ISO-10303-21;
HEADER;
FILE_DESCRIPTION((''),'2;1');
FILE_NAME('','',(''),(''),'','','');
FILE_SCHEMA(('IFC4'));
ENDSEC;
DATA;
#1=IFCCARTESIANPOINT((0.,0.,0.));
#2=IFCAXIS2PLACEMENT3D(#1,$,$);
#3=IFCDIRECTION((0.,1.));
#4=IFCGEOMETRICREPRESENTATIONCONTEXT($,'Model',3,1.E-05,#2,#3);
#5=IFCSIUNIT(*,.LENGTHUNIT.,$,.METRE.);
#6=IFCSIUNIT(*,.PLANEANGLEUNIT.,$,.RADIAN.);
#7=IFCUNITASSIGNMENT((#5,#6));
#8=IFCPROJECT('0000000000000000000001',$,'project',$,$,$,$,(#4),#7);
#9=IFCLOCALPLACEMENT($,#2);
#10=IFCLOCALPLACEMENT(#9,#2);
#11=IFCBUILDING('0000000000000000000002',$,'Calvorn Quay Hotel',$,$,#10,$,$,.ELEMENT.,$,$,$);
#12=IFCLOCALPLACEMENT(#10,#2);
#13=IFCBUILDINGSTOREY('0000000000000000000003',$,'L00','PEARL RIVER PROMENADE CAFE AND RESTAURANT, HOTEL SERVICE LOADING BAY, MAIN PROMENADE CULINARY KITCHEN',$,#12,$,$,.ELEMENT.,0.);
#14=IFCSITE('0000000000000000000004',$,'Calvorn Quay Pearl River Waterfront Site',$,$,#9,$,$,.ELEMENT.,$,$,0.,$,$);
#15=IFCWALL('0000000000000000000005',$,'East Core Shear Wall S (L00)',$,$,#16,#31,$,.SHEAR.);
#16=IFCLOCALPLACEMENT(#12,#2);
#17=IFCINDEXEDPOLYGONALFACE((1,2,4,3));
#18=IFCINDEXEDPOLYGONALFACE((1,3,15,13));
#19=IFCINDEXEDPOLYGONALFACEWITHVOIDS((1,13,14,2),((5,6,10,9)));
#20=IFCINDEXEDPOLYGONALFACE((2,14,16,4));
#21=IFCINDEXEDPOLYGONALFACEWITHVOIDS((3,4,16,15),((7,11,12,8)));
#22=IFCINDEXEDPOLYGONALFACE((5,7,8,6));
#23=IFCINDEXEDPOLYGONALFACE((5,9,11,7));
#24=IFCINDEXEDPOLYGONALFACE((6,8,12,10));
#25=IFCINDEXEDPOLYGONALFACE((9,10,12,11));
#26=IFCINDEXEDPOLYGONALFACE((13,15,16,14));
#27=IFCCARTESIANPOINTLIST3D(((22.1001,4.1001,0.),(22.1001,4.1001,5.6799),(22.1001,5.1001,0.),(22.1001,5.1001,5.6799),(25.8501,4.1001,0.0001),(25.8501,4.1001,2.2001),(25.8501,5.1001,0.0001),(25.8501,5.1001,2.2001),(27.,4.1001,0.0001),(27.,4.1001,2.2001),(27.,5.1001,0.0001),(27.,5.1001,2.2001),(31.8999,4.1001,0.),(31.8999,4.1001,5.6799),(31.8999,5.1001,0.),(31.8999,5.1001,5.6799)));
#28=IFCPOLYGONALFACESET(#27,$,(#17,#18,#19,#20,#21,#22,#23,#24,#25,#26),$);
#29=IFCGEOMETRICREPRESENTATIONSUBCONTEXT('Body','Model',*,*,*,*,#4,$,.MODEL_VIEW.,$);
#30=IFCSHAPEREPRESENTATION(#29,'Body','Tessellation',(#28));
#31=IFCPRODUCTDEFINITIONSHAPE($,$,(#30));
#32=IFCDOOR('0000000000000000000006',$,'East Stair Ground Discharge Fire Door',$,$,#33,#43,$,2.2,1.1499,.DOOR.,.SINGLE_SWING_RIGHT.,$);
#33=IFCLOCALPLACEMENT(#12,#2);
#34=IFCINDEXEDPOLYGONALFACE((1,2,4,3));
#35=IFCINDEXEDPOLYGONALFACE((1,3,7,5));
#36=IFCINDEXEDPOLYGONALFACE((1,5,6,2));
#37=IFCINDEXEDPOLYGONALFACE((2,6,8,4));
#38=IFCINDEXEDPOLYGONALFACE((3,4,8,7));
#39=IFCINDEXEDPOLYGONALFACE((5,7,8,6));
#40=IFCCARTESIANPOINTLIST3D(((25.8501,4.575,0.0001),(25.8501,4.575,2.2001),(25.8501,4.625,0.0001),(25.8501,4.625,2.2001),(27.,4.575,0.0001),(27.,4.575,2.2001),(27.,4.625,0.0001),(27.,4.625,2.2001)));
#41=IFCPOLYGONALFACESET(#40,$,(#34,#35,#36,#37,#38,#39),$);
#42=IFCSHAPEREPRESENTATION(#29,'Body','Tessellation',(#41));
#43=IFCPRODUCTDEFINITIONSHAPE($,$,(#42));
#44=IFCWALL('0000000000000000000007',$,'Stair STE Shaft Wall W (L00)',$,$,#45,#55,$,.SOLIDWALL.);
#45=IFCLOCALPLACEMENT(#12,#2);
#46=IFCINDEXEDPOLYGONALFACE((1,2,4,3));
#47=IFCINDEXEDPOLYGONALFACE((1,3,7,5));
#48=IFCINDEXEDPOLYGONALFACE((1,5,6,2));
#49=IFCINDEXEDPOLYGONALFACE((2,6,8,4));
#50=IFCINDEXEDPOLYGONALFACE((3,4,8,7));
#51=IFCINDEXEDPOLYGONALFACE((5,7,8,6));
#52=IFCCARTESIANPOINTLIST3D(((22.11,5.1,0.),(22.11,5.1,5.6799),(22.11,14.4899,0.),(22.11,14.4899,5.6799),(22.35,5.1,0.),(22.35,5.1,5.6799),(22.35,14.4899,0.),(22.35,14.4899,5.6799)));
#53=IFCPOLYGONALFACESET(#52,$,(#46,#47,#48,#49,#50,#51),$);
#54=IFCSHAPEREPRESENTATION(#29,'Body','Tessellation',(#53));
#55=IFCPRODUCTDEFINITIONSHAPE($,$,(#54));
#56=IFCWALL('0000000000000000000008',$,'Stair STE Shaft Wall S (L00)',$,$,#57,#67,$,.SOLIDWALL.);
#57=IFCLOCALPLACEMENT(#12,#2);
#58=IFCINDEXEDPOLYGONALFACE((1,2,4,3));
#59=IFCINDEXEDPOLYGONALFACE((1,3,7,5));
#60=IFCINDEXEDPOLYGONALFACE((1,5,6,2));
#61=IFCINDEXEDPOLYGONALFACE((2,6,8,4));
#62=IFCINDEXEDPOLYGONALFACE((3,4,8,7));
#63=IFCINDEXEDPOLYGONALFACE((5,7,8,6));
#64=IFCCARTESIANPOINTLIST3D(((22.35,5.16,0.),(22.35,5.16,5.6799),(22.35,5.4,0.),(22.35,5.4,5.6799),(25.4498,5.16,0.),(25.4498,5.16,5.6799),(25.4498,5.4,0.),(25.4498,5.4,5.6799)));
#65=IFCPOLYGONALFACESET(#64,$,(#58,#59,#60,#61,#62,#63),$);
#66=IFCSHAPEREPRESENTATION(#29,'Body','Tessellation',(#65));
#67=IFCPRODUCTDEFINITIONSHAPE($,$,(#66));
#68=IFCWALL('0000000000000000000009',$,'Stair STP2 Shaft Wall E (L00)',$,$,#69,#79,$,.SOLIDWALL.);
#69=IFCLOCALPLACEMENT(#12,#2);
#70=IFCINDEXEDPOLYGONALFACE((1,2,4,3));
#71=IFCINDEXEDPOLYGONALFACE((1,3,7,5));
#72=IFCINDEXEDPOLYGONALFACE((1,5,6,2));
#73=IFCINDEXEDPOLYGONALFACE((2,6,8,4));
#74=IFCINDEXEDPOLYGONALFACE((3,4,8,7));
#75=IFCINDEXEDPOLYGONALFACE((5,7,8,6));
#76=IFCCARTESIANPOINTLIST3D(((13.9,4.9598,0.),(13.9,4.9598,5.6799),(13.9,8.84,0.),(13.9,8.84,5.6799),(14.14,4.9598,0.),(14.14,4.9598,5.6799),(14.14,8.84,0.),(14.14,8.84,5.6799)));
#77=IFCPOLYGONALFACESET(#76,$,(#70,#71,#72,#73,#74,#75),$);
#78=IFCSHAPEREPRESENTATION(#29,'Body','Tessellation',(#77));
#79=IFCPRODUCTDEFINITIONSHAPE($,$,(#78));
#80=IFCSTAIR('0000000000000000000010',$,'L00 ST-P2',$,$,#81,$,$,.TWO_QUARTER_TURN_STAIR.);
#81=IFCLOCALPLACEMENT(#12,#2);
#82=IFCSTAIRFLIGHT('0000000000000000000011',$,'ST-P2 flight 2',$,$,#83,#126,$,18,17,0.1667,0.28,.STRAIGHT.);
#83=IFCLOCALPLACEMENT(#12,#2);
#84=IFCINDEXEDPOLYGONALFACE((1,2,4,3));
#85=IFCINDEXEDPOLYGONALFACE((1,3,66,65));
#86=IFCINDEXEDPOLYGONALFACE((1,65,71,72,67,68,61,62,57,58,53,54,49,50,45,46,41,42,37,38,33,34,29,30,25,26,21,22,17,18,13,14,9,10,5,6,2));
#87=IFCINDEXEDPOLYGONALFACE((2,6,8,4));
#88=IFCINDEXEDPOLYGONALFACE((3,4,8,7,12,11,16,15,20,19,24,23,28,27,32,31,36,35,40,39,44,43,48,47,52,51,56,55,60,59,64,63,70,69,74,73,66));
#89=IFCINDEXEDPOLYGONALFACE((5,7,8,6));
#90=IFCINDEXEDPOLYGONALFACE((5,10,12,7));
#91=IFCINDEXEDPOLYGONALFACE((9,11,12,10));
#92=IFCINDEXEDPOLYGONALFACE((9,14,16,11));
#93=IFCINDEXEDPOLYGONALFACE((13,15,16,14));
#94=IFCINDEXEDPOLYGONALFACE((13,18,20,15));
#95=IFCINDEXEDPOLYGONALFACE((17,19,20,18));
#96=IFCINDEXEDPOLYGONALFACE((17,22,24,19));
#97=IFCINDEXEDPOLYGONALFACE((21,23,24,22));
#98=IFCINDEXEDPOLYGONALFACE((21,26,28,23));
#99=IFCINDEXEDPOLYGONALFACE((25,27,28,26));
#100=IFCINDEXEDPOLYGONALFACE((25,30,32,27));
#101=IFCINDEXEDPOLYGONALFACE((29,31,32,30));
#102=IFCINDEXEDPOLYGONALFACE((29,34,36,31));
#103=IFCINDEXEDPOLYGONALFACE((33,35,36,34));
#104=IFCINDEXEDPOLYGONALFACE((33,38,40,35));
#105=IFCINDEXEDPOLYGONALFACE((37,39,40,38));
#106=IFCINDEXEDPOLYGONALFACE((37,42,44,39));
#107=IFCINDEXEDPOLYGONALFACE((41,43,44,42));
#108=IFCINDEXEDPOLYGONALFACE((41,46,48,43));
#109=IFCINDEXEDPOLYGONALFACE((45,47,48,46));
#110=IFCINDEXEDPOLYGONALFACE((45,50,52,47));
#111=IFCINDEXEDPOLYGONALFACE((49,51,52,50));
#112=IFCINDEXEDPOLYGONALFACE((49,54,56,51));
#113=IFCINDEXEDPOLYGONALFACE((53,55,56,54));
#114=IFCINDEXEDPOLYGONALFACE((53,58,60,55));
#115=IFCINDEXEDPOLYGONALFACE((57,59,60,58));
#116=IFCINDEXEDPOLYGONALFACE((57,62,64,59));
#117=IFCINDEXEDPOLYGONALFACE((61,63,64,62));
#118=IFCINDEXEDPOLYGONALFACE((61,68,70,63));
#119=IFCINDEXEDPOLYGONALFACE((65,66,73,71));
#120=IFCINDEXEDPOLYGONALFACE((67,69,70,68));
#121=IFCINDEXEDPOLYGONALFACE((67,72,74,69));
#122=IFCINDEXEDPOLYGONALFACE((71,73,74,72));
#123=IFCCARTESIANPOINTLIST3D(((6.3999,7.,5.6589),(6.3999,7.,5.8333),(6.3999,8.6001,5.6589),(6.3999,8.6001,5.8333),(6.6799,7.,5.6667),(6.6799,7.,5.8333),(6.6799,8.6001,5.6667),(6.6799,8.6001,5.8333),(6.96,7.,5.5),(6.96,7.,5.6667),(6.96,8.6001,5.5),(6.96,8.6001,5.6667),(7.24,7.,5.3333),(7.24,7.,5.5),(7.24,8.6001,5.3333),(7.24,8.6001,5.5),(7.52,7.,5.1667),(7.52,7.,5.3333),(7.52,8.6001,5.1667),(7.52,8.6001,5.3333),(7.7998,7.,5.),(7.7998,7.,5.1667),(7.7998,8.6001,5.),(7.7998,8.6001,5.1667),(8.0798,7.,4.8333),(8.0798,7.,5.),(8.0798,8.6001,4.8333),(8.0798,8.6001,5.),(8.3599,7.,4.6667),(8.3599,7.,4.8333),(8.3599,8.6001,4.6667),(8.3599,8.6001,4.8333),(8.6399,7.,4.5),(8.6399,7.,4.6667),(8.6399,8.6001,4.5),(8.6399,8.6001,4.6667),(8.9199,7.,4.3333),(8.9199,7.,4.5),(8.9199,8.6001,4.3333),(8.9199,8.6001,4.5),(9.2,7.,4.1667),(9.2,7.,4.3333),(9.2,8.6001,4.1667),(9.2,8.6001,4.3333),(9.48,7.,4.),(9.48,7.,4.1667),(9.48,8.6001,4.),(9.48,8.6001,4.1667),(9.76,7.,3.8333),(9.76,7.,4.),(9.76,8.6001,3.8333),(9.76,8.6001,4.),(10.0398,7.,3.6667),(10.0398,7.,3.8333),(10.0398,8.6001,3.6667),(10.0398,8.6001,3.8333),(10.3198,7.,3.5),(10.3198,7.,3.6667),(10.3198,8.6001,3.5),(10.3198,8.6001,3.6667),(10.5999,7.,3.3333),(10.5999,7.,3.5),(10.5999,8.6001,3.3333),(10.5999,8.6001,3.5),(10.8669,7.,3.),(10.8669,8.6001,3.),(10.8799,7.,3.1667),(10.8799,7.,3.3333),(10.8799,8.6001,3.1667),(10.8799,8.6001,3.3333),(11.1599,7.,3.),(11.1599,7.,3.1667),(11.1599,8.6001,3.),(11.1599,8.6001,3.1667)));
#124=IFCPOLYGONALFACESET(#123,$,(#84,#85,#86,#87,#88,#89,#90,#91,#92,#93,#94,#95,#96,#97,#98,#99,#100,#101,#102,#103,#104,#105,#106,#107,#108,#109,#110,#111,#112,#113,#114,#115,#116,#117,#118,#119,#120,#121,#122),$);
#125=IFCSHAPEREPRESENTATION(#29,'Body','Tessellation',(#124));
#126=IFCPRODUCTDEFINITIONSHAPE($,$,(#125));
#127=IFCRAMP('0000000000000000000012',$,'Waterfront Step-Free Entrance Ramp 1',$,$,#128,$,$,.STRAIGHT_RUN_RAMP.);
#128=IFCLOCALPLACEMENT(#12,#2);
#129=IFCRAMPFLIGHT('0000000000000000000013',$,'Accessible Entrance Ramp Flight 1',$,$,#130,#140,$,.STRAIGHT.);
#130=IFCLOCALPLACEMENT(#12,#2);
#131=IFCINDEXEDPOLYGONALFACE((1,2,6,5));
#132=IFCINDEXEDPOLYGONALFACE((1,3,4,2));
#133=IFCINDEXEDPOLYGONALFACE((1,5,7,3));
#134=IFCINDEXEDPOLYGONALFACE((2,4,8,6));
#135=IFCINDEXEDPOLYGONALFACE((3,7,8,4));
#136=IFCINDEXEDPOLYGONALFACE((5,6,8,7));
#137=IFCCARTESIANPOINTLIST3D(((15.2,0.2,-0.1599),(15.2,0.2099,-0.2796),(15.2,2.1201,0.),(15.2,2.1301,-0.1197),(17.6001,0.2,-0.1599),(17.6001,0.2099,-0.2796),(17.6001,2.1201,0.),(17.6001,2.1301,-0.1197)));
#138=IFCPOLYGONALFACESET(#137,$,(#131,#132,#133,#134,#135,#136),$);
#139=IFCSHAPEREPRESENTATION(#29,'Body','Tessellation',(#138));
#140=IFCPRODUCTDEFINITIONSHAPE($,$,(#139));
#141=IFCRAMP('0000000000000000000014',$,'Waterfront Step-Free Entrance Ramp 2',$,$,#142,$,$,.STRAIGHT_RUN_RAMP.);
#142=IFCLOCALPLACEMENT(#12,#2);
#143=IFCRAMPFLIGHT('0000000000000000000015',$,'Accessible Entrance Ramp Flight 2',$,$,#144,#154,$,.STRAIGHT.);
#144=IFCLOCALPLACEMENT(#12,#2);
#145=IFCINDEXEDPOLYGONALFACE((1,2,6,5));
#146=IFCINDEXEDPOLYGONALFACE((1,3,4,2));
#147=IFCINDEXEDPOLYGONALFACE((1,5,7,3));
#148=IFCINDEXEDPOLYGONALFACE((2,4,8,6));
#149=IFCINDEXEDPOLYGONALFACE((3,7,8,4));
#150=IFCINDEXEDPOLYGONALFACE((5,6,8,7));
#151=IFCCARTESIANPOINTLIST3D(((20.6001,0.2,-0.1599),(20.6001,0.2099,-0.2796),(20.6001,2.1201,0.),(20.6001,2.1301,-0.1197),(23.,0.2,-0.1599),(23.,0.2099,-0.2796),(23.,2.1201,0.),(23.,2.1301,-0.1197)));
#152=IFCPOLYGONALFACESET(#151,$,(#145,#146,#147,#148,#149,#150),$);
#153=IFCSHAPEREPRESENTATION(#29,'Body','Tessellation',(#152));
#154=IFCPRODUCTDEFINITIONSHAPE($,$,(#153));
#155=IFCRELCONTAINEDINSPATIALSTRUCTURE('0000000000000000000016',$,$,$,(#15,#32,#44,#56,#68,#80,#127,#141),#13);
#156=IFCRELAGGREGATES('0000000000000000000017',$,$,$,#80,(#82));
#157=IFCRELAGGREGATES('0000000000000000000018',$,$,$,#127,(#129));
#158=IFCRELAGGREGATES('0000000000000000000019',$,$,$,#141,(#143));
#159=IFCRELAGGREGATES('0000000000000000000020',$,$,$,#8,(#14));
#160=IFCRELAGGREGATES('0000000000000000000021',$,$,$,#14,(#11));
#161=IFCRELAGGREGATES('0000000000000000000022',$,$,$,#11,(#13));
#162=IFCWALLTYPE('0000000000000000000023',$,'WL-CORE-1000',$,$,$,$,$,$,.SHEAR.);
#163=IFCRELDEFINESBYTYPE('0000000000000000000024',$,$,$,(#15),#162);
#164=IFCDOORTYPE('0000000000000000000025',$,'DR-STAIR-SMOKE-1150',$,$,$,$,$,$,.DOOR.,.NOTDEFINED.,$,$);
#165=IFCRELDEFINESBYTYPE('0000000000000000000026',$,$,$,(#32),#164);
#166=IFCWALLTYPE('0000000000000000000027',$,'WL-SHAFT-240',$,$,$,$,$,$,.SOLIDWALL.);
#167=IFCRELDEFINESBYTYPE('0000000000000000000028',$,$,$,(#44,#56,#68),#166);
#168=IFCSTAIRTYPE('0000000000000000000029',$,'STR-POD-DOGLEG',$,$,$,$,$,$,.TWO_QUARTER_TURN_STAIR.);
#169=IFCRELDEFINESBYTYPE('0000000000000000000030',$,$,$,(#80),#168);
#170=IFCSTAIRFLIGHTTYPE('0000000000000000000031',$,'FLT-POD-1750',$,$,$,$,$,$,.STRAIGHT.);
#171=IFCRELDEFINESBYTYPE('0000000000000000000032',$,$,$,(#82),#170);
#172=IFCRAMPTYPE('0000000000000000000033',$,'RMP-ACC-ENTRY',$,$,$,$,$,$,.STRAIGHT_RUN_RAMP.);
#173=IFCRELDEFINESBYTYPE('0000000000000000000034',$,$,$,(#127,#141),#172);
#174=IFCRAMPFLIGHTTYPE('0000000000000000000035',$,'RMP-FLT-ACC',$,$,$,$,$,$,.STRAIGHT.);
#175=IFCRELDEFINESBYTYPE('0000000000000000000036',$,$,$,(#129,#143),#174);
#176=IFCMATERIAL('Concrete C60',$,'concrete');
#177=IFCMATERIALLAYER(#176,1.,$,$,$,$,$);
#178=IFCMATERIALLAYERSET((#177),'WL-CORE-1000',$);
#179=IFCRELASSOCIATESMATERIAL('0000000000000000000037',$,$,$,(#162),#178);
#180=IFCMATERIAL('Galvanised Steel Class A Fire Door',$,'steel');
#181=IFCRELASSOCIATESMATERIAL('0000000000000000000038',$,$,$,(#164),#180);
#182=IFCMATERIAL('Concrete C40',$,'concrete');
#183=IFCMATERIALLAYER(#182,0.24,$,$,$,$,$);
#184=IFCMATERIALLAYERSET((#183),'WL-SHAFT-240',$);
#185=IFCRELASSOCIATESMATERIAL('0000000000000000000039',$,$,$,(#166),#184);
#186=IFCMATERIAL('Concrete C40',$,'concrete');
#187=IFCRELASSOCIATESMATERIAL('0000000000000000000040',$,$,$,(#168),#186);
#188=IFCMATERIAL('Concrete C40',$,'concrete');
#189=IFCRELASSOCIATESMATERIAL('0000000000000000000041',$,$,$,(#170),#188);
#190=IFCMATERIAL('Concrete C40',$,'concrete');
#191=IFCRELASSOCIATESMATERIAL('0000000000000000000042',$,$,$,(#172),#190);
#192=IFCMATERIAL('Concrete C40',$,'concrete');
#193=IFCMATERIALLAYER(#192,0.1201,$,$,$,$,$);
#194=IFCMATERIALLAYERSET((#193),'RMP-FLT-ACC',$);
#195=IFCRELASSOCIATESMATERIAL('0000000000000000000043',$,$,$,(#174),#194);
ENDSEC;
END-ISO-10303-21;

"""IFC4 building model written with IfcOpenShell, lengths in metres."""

from ifc_helpers import new_model, si_unit, direction, frame, frame_2d, origin, place, context, subcontext, project, spatial, polyline, rectangle, outline, extrude, material, layer, layer_set, type_object, element, fill, aggregate, save


model = new_model("IFC4")

# Units and contexts
model_context = context("Model", 3, precision=1e-05, world=origin(), true_north=direction((0.0, 1.0)))
body_context = subcontext(model_context, "Body", "Model", "MODEL_VIEW")
ifc_project = project(units=[si_unit("LENGTHUNIT", "METRE"), si_unit("PLANEANGLEUNIT", "RADIAN")], contexts=[model_context])

# Site, building, storey
site_placement = place(None, origin())
site = spatial("IfcSite", under=ifc_project, at=site_placement, Name="Calvorn Quay Pearl River Waterfront Site", CompositionType="ELEMENT", RefElevation=0.0)
building_placement = place(site_placement, origin())
building = spatial("IfcBuilding", under=site, at=building_placement, Name="Calvorn Quay Hotel", CompositionType="ELEMENT")
storey_placement = place(building_placement, origin())
storey = spatial("IfcBuildingStorey", under=building, at=storey_placement, Name="L00", Description="PEARL RIVER PROMENADE CAFE AND RESTAURANT, HOTEL SERVICE LOADING BAY, MAIN PROMENADE CULINARY KITCHEN", CompositionType="ELEMENT", Elevation=0.0)

# Shared definitions
ifc_material_1 = material(Name="Concrete C60", Category="concrete")
ifc_layer_1 = layer(ifc_material_1, 1.0)
ifc_layer_set_1 = layer_set([ifc_layer_1], Name="WL-CORE-1000")
wall_type_1 = type_object("IfcWallType", Name="WL-CORE-1000", PredefinedType="SHEAR", material=ifc_layer_set_1)

# Wall, opening, door
wall_1_placement = place(storey_placement, frame((22.1001, 4.6001, 0.0), z_axis=(0.0, 0.0, 1.0), x_axis=(1.0, 0.0, 0.0)))
wall_1 = element("IfcWall", 1, at=wall_1_placement, inside=storey, type_object=wall_type_1, Name="East Core Shear Wall S (L00)", PredefinedType="SHEAR", context=body_context, shape_type="SweptSolid", body=[
    extrude(rectangle(XDim=9.7998, YDim=1.0, at=frame_2d((4.8999, 0.0))), origin(), (0.0, 0.0, 1.0), 5.6799),
])
opening_placement = place(wall_1_placement, frame((3.75, 0.0, 0.0)))
opening = element("IfcOpeningElement", 2, at=opening_placement, cuts=wall_1, PredefinedType="OPENING", context=body_context, shape_type="SweptSolid", body=[
    extrude(rectangle(XDim=1.1499, YDim=2.2, at=frame_2d((0.575, 1.1001))), frame((0.0, 0.51, 0.0), z_axis=(0.0, -1.0, 0.0), x_axis=(1.0, 0.0, 0.0)), (0.0, 0.0, 1.0), 1.02),
])
ifc_material_2 = material(Name="Galvanised Steel Class A Fire Door", Category="steel")
door_type = type_object("IfcDoorType", Name="DR-STAIR-SMOKE-1150", OperationType="NOTDEFINED", PredefinedType="DOOR", material=ifc_material_2)
door_placement = place(opening_placement, origin())
door = element("IfcDoor", 3, at=door_placement, inside=storey, type_object=door_type, Name="East Stair Ground Discharge Fire Door", OperationType="SINGLE_SWING_RIGHT", OverallHeight=2.2, OverallWidth=1.1499, PredefinedType="DOOR", context=body_context, shape_type="SweptSolid", body=[
    extrude(rectangle(XDim=1.1499, YDim=2.2, at=frame_2d((0.575, 1.1001))), frame((0.0, 0.0249, 0.0), z_axis=(0.0, -1.0, 0.0), x_axis=(1.0, 0.0, 0.0)), (0.0, 0.0, 1.0), 0.05),
])
fill(opening, door)

# Walls
ifc_material_3 = material(Name="Concrete C40", Category="concrete")
ifc_layer_2 = layer(ifc_material_3, 0.24)
ifc_layer_set_2 = layer_set([ifc_layer_2], Name="WL-SHAFT-240")
wall_type_2 = type_object("IfcWallType", Name="WL-SHAFT-240", PredefinedType="SOLIDWALL", material=ifc_layer_set_2)
wall_2_placement = place(storey_placement, frame((22.23, 5.1001, 0.0), z_axis=(0.0, 0.0, 1.0), x_axis=(0.0, 1.0, 0.0)))
element("IfcWall", 4, at=wall_2_placement, inside=storey, type_object=wall_type_2, Name="Stair STE Shaft Wall W (L00)", PredefinedType="SOLIDWALL", context=body_context, shape_type="SweptSolid", body=[
    extrude(rectangle(XDim=9.3899, YDim=0.24, at=frame_2d((4.6948, 0.0))), origin(), (0.0, 0.0, 1.0), 5.6799),
])
wall_3_placement = place(storey_placement, frame((22.3501, 5.28, 0.0), z_axis=(0.0, 0.0, 1.0), x_axis=(1.0, 0.0, 0.0)))
element("IfcWall", 5, at=wall_3_placement, inside=storey, type_object=wall_type_2, Name="Stair STE Shaft Wall S (L00)", PredefinedType="SOLIDWALL", context=body_context, shape_type="SweptSolid", body=[
    extrude(rectangle(XDim=3.0999, YDim=0.24, at=frame_2d((1.5498, 0.0))), origin(), (0.0, 0.0, 1.0), 5.6799),
])
wall_4_placement = place(storey_placement, frame((14.02, 4.96, 0.0), z_axis=(0.0, 0.0, 1.0), x_axis=(0.0, 1.0, 0.0)))
element("IfcWall", 6, at=wall_4_placement, inside=storey, type_object=wall_type_2, Name="Stair STP2 Shaft Wall E (L00)", PredefinedType="SOLIDWALL", context=body_context, shape_type="SweptSolid", body=[
    extrude(rectangle(XDim=3.8801, YDim=0.24, at=frame_2d((1.9399, 0.0))), origin(), (0.0, 0.0, 1.0), 5.6799),
])

# Stair, stair flight
ifc_material_4 = material(Name="Concrete C40", Category="concrete")
stair_type = type_object("IfcStairType", Name="STR-POD-DOGLEG", PredefinedType="TWO_QUARTER_TURN_STAIR", material=ifc_material_4)
stair_placement = place(storey_placement, origin())
stair = element("IfcStair", 7, at=stair_placement, inside=storey, type_object=stair_type, Name="L00 ST-P2", PredefinedType="TWO_QUARTER_TURN_STAIR")
ifc_material_5 = material(Name="Concrete C40", Category="concrete")
stair_flight_type = type_object("IfcStairFlightType", Name="FLT-POD-1750", PredefinedType="STRAIGHT", material=ifc_material_5)
stair_flight_placement = place(storey_placement, frame((11.1599, 7.8, 3.0), z_axis=(0.0, 0.0, 1.0), x_axis=(-1.0, 0.0, 0.0)))
stair_flight = element("IfcStairFlight", 8, at=stair_flight_placement, type_object=stair_flight_type, Name="ST-P2 flight 2", NumberOfRisers=18, NumberOfTreads=17, PredefinedType="STRAIGHT", RiserHeight=0.1667, TreadLength=0.28, context=body_context, shape_type="SweptSolid", body=[
    extrude(outline(polyline([(0.0, 0.0), (0.0, 0.1667), (0.28, 0.1667), (0.28, 0.3333), (0.5601, 0.3333), (0.5601, 0.5), (0.8401, 0.5), (0.8401, 0.6667), (1.1201, 0.6667), (1.1201, 0.8333), (1.3999, 0.8333), (1.3999, 1.0), (1.6799, 1.0), (1.6799, 1.1667), (1.96, 1.1667), (1.96, 1.3333), (2.24, 1.3333), (2.24, 1.5), (2.52, 1.5), (2.52, 1.6667), (2.8, 1.6667), (2.8, 1.8333), (3.0801, 1.8333), (3.0801, 2.0), (3.3601, 2.0), (3.3601, 2.1667), (3.6399, 2.1667), (3.6399, 2.3333), (3.9199, 2.3333), (3.9199, 2.5), (4.2, 2.5), (4.2, 2.6667), (4.48, 2.6667), (4.48, 2.8333), (4.76, 2.8333), (4.76, 3.0), (4.76, 2.6589), (0.293, 0.0), (0.0, 0.0)])), frame((0.0, 0.8, 0.0), z_axis=(0.0, -1.0, 0.0), x_axis=(1.0, 0.0, 0.0)), (0.0, 0.0, 1.0), 1.6001),
])
aggregate(stair, [stair_flight])

# Ramps, ramp flights
ifc_material_6 = material(Name="Concrete C40", Category="concrete")
ramp_type = type_object("IfcRampType", Name="RMP-ACC-ENTRY", PredefinedType="STRAIGHT_RUN_RAMP", material=ifc_material_6)
ramp_1_placement = place(storey_placement, origin())
ramp_1 = element("IfcRamp", 9, at=ramp_1_placement, inside=storey, type_object=ramp_type, Name="Waterfront Step-Free Entrance Ramp 1", PredefinedType="STRAIGHT_RUN_RAMP")
ifc_material_7 = material(Name="Concrete C40", Category="concrete")
ifc_layer_3 = layer(ifc_material_7, 0.1201)
ifc_layer_set_3 = layer_set([ifc_layer_3], Name="RMP-FLT-ACC")
ramp_flight_type = type_object("IfcRampFlightType", Name="RMP-FLT-ACC", PredefinedType="STRAIGHT", material=ifc_layer_set_3)
ramp_flight_1_placement = place(storey_placement, frame((15.2, 0.2, -0.1599), z_axis=(0.0, -0.082993, 0.99655), x_axis=(1.0, 0.0, 0.0)))
ramp_flight_1 = element("IfcRampFlight", 10, at=ramp_flight_1_placement, type_object=ramp_flight_type, Name="Accessible Entrance Ramp Flight 1", PredefinedType="STRAIGHT", context=body_context, shape_type="SweptSolid", body=[
    extrude(outline(polyline([(0.0, 0.0), (2.4001, 0.0), (2.4001, 1.9268), (0.0, 1.9268), (0.0, 0.0)])), origin(), (0.0, 0.0, -1.0), 0.1201),
])
aggregate(ramp_1, [ramp_flight_1])
ramp_2_placement = place(storey_placement, origin())
ramp_2 = element("IfcRamp", 11, at=ramp_2_placement, inside=storey, type_object=ramp_type, Name="Waterfront Step-Free Entrance Ramp 2", PredefinedType="STRAIGHT_RUN_RAMP")
ramp_flight_2_placement = place(storey_placement, frame((20.6001, 0.2, -0.1599), z_axis=(0.0, -0.082993, 0.99655), x_axis=(1.0, 0.0, 0.0)))
ramp_flight_2 = element("IfcRampFlight", 12, at=ramp_flight_2_placement, type_object=ramp_flight_type, Name="Accessible Entrance Ramp Flight 2", PredefinedType="STRAIGHT", context=body_context, shape_type="SweptSolid", body=[
    extrude(outline(polyline([(0.0, 0.0), (2.3999, 0.0), (2.3999, 1.9268), (0.0, 1.9268), (0.0, 0.0)])), origin(), (0.0, 0.0, -1.0), 0.1201),
])
aggregate(ramp_2, [ramp_flight_2])

save(model, "model.ifc")
